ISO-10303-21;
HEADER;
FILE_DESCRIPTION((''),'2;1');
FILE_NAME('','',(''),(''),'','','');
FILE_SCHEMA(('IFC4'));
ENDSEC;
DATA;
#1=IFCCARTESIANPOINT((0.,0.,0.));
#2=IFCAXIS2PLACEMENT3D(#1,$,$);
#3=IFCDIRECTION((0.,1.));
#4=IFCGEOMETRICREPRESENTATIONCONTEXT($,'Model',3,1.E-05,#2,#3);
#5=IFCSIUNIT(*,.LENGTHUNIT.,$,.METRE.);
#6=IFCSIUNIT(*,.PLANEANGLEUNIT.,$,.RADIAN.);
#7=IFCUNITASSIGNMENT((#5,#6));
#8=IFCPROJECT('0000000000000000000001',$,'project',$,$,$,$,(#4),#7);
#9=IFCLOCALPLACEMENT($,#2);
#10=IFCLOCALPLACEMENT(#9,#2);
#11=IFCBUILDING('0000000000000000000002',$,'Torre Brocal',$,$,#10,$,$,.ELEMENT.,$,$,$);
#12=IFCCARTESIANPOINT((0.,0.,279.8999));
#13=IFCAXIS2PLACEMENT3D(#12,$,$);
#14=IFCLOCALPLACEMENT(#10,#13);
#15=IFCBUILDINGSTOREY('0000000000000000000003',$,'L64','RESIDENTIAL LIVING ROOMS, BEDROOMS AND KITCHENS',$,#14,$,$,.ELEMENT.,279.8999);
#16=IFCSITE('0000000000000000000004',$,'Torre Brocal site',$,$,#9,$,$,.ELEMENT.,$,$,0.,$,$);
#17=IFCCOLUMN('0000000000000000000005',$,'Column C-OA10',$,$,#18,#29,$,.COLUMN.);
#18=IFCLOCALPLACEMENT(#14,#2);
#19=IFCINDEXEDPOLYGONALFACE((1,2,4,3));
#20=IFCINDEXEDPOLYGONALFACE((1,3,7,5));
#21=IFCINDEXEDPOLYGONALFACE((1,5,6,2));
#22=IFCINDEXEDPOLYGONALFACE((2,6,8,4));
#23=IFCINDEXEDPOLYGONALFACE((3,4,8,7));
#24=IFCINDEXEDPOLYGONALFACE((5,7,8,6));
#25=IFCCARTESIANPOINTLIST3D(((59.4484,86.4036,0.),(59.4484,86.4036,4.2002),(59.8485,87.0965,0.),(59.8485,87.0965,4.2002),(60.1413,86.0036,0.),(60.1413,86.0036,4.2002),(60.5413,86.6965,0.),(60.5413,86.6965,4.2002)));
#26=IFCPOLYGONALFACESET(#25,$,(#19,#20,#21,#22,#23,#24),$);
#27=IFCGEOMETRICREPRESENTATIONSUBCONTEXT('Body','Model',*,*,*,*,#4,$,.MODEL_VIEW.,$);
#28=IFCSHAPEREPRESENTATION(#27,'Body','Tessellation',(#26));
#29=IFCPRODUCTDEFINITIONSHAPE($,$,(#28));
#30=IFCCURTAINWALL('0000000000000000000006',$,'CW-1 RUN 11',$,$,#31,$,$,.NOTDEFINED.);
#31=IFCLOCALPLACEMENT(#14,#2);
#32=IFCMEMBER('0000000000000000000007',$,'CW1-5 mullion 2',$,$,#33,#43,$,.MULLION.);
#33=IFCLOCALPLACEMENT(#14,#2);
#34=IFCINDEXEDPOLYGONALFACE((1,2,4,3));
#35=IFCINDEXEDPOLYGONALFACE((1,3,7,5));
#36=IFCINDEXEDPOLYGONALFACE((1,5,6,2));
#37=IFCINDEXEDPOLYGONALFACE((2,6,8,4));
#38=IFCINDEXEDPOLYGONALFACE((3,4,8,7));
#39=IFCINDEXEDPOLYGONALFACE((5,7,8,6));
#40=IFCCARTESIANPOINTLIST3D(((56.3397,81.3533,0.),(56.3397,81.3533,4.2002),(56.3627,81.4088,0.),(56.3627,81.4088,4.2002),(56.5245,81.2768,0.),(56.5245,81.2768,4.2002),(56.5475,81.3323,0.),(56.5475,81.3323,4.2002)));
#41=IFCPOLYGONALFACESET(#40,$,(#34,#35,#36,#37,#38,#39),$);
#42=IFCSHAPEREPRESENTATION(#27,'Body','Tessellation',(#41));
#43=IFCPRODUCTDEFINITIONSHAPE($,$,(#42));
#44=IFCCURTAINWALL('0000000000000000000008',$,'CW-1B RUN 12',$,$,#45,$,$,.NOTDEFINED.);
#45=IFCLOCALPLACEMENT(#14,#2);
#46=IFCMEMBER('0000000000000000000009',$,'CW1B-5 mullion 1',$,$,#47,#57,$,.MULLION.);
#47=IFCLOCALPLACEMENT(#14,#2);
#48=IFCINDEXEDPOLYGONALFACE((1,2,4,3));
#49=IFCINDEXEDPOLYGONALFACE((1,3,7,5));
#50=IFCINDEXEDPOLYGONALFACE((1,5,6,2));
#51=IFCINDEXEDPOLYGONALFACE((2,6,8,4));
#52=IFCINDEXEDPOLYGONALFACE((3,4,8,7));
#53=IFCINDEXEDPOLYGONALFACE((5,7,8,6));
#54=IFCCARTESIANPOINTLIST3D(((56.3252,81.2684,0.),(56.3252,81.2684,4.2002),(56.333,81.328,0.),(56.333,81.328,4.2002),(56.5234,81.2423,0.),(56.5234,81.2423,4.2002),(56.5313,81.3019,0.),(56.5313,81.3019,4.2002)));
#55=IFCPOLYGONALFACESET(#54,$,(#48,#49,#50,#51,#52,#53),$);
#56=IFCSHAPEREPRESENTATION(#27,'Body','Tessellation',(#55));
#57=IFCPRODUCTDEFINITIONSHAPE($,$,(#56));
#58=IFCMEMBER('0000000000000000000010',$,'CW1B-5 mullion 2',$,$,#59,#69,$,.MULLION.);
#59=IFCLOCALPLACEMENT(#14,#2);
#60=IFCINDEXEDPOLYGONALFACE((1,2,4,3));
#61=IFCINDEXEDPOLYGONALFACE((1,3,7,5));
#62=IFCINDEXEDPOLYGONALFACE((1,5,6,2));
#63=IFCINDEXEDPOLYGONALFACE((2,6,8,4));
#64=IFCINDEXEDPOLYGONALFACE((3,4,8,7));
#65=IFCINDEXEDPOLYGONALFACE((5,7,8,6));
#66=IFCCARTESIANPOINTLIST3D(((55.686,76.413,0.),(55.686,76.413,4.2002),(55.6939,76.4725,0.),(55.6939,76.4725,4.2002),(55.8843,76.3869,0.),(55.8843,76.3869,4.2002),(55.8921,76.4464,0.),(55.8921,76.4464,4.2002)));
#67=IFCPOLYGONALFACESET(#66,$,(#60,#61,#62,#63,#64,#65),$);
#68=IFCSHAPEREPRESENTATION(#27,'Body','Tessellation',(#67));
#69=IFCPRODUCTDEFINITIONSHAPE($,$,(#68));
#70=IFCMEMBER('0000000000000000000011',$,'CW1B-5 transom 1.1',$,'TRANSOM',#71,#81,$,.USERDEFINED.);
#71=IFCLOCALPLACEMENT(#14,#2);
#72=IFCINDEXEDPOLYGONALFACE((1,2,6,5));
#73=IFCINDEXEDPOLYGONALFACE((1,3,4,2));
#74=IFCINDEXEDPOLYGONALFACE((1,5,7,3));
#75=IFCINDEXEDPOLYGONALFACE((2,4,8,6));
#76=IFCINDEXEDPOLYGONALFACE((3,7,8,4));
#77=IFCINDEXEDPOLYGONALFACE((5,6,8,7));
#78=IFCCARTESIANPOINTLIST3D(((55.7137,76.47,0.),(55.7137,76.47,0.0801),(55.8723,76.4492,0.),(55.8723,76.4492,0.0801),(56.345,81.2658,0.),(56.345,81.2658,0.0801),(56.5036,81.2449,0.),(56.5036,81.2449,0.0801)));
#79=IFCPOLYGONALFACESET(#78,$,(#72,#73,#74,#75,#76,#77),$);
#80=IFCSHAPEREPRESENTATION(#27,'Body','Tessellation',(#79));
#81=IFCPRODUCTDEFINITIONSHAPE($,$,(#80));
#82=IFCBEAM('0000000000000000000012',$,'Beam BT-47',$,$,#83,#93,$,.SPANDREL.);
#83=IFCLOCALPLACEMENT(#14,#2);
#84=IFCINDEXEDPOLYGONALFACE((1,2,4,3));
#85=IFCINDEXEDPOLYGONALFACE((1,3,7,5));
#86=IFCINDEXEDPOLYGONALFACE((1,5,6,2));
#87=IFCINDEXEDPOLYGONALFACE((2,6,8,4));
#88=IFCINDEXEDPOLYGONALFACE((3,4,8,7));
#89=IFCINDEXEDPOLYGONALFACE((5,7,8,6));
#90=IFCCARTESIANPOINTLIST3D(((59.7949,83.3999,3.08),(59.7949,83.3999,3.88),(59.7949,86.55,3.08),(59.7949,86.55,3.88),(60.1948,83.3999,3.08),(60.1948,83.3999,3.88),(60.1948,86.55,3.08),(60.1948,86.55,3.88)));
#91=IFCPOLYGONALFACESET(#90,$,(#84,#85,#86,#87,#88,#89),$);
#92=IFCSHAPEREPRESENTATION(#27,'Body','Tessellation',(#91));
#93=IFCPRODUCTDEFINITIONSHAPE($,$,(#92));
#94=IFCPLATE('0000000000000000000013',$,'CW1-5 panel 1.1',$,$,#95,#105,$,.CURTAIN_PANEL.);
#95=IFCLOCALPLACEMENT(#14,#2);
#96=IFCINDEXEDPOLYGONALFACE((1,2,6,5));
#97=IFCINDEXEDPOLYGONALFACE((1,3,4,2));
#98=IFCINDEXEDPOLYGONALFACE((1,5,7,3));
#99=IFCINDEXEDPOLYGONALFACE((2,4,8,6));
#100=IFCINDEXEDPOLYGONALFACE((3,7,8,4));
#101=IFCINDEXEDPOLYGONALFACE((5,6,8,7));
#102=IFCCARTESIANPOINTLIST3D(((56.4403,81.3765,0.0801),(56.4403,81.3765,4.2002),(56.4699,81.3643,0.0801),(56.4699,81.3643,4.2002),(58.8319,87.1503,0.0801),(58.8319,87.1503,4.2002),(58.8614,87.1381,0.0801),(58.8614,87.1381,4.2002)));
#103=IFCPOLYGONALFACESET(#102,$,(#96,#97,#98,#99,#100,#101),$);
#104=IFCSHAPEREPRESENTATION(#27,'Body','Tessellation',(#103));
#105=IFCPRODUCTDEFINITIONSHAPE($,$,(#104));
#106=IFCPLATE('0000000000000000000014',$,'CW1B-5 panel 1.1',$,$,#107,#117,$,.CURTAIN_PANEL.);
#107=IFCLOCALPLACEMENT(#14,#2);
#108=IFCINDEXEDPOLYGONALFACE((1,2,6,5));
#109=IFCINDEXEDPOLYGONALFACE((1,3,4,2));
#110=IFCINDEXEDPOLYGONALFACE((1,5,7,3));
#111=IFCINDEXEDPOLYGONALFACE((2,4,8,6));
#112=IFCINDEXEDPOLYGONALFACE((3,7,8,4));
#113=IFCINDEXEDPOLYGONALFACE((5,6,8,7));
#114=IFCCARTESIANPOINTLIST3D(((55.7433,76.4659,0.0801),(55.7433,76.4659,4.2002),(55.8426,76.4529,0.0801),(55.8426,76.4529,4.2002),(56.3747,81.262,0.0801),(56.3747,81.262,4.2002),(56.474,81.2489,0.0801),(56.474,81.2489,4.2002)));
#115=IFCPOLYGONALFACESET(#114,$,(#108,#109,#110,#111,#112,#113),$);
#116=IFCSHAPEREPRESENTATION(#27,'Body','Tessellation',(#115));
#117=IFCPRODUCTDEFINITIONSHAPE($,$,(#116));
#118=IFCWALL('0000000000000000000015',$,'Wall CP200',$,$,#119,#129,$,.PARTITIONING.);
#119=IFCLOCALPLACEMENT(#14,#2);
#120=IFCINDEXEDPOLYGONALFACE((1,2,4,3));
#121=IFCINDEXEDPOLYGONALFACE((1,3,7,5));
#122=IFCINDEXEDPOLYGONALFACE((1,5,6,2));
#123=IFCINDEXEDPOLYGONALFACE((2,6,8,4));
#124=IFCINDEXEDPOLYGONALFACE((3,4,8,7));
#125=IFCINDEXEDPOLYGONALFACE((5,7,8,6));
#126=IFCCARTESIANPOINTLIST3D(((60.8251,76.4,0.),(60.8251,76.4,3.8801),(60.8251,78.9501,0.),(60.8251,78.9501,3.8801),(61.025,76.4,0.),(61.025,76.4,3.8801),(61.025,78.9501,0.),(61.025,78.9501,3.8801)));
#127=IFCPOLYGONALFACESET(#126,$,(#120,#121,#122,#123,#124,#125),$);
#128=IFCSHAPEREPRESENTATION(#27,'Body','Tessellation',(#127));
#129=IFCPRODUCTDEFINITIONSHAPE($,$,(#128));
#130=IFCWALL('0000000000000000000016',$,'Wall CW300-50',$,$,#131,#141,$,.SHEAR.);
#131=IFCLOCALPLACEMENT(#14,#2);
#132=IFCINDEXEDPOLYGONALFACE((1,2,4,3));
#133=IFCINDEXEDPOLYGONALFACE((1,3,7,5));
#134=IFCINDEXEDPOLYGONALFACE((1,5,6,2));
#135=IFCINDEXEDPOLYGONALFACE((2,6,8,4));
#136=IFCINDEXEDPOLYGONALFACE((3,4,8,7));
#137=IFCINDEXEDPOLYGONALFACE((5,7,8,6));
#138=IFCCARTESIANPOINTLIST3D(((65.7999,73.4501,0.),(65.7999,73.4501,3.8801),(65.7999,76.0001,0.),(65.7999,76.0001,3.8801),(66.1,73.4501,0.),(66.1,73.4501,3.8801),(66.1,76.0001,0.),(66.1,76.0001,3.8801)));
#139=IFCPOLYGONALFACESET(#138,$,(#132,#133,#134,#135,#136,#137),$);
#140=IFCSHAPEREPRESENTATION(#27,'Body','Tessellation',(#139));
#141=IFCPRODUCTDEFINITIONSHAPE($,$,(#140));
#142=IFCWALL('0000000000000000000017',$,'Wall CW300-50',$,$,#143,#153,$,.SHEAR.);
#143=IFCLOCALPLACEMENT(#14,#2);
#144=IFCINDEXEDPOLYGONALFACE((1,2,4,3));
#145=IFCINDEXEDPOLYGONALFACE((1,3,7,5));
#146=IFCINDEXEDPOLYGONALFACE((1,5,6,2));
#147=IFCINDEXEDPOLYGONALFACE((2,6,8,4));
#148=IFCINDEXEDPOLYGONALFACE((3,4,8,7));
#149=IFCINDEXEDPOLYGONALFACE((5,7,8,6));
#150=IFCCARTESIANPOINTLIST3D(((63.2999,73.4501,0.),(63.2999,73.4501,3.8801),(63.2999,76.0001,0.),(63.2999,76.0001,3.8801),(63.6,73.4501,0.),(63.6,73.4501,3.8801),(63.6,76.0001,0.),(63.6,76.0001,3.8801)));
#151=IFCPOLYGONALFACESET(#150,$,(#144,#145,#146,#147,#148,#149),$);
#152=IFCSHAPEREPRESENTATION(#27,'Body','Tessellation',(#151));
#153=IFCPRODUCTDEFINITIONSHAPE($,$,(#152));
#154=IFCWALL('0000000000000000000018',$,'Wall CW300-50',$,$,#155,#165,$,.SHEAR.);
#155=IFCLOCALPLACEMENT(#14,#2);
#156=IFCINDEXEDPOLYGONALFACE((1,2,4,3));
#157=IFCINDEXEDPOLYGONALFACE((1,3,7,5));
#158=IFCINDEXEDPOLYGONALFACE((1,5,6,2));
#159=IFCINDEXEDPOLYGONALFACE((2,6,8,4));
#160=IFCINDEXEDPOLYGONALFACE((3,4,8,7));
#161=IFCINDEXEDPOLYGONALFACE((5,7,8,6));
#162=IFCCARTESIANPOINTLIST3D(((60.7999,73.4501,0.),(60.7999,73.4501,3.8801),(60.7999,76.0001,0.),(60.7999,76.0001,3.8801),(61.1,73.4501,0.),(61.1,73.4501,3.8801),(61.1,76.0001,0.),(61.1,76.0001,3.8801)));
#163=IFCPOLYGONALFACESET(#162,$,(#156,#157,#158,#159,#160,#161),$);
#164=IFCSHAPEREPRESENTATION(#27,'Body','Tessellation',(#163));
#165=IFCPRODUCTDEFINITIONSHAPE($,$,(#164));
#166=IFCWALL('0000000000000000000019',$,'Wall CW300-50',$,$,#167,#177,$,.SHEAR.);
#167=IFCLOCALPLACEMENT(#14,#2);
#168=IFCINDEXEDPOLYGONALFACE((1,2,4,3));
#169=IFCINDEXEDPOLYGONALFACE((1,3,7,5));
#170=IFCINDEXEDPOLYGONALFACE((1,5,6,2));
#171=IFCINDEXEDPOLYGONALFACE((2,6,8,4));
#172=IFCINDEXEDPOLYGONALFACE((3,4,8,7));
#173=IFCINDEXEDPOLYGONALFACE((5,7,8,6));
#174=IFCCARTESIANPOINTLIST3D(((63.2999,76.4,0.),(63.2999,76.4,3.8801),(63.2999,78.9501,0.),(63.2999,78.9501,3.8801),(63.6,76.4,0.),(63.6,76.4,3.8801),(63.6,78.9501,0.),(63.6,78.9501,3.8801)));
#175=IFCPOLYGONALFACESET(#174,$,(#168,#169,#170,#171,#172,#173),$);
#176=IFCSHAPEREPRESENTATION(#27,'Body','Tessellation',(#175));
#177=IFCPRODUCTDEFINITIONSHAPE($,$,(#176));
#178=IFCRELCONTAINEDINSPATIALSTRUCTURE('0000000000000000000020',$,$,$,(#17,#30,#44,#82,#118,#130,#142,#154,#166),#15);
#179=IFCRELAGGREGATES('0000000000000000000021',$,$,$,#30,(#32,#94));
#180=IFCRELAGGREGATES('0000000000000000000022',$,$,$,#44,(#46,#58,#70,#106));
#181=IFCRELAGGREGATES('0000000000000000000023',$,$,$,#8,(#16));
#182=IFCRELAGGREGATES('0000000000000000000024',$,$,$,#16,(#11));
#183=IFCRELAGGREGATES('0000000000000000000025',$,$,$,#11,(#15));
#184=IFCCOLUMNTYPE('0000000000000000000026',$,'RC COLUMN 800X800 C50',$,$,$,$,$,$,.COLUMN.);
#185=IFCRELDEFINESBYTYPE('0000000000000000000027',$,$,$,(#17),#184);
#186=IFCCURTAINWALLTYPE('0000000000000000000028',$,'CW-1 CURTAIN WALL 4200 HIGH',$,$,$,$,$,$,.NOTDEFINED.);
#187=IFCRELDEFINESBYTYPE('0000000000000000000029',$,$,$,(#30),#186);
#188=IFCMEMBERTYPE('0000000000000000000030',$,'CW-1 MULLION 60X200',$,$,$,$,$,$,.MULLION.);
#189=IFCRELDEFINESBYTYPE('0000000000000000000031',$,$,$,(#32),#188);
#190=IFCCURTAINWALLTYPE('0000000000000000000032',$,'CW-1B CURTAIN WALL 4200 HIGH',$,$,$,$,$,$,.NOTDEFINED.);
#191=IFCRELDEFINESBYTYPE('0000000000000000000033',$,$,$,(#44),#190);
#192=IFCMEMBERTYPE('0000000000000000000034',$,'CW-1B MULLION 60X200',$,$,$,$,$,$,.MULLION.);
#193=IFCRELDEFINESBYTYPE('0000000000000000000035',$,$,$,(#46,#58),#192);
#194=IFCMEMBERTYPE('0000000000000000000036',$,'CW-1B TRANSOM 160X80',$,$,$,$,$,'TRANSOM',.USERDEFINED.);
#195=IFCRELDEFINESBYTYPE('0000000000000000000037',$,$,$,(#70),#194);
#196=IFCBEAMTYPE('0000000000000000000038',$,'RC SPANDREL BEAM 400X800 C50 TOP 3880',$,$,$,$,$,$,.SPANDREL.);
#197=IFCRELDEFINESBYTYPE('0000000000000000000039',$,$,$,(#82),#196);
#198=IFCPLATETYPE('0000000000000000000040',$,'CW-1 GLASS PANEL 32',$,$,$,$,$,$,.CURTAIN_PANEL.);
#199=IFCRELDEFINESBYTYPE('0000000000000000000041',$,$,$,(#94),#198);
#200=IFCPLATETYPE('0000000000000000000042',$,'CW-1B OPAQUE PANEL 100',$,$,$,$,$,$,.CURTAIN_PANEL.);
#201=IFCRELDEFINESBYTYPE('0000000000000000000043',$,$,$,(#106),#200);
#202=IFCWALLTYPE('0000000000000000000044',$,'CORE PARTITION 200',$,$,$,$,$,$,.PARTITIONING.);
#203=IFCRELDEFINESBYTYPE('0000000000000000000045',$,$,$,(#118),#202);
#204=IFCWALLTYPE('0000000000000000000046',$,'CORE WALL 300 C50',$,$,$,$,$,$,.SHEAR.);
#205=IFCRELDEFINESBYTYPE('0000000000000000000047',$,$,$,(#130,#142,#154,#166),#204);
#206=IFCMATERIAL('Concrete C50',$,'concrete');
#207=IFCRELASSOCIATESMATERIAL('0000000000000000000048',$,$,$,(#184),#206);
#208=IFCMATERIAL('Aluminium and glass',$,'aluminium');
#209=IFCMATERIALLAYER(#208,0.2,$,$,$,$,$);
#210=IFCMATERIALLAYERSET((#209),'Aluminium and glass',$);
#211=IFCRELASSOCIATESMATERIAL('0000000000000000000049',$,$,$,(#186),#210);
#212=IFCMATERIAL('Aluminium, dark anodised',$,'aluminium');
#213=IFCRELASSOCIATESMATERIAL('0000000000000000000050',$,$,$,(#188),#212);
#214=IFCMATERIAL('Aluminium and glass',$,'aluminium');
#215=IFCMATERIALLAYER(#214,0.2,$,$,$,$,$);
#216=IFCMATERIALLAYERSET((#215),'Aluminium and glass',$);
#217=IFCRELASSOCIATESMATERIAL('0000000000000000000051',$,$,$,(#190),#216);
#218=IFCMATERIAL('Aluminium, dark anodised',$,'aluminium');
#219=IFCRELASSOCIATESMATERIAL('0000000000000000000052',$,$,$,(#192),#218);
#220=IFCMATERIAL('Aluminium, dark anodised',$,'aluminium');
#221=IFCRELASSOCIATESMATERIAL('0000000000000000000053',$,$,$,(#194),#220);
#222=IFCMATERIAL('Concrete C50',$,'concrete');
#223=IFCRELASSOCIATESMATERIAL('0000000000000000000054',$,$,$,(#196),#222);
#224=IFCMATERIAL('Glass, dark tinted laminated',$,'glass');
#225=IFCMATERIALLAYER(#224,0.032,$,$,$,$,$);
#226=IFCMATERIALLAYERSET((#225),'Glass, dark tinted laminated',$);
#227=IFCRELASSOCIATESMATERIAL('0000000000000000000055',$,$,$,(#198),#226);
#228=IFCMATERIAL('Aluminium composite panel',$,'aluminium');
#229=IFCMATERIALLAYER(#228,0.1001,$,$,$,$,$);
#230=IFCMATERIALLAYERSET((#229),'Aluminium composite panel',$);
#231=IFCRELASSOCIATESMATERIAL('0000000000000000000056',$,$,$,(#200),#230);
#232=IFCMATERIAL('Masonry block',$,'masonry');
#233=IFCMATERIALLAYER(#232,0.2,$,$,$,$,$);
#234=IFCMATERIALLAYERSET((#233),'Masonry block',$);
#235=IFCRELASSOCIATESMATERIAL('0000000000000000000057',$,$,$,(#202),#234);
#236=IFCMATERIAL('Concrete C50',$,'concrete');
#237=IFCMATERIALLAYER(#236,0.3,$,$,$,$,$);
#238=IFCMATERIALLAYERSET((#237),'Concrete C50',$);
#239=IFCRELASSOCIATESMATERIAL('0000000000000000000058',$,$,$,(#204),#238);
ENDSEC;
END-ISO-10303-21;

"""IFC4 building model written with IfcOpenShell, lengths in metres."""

from ifc_helpers import new_model, si_unit, direction, frame, frame_2d, origin, origin_2d, place, context, subcontext, project, spatial, rectangle, extrude, material, layer, layer_set, material_profile, profile_set, type_object, element, aggregate, save


model = new_model("IFC4")

# Units and contexts
model_context = context("Model", 3, precision=1e-05, world=origin(), true_north=direction((0.0, 1.0)))
body_context = subcontext(model_context, "Body", "Model", "MODEL_VIEW")
ifc_project = project(units=[si_unit("LENGTHUNIT", "METRE"), si_unit("PLANEANGLEUNIT", "RADIAN")], contexts=[model_context])

# Site, building, storey
site_placement = place(None, origin())
site = spatial("IfcSite", under=ifc_project, at=site_placement, Name="Torre Brocal site", CompositionType="ELEMENT", RefElevation=0.0)
building_placement = place(site_placement, origin())
building = spatial("IfcBuilding", under=site, at=building_placement, Name="Torre Brocal", CompositionType="ELEMENT")
storey_placement = place(building_placement, frame((0.0, 0.0, 279.8999)))
storey = spatial("IfcBuildingStorey", under=building, at=storey_placement, Name="L64", Description="RESIDENTIAL LIVING ROOMS, BEDROOMS AND KITCHENS", CompositionType="ELEMENT", Elevation=279.8999)

# Column
ifc_material_1 = material(Name="Concrete C50", Category="concrete")
ifc_material_profile_1 = material_profile(ifc_material_1, rectangle(XDim=0.8, YDim=0.8, at=origin_2d()), Name="RC 800X800")
ifc_profile_set_1 = profile_set([ifc_material_profile_1], Name="Concrete C50")
column_type = type_object("IfcColumnType", Name="RC COLUMN 800X800 C50", PredefinedType="COLUMN", material=ifc_profile_set_1)
column_placement = place(storey_placement, frame((59.9949, 86.55, 0.0), z_axis=(0.0, 0.0, 1.0), x_axis=(-0.866025, 0.5, 0.0)))
element("IfcColumn", 1, at=column_placement, inside=storey, type_object=column_type, Name="Column C-OA10", PredefinedType="COLUMN", context=body_context, shape_type="SweptSolid", body=[
    extrude(rectangle(XDim=0.8, YDim=0.8, at=origin_2d()), origin(), (0.0, 0.0, 1.0), 4.2002),
])

# Curtain wall, member
ifc_material_2 = material(Name="Aluminium and glass", Category="aluminium")
ifc_layer_1 = layer(ifc_material_2, 0.2)
ifc_layer_set_1 = layer_set([ifc_layer_1], Name="Aluminium and glass")
curtain_wall_type_1 = type_object("IfcCurtainWallType", Name="CW-1 CURTAIN WALL 4200 HIGH", PredefinedType="NOTDEFINED", material=ifc_layer_set_1)
curtain_wall_1_placement = place(storey_placement, origin())
curtain_wall_1 = element("IfcCurtainWall", 2, at=curtain_wall_1_placement, inside=storey, type_object=curtain_wall_type_1, Name="CW-1 RUN 11", PredefinedType="NOTDEFINED")
ifc_material_3 = material(Name="Aluminium, dark anodised", Category="aluminium")
ifc_material_profile_2 = material_profile(ifc_material_3, rectangle(XDim=0.2, YDim=0.0601, at=origin_2d()), Name="CW-1 MULLION 60X200")
ifc_profile_set_2 = profile_set([ifc_material_profile_2], Name="Aluminium, dark anodised")
member_type_1 = type_object("IfcMemberType", Name="CW-1 MULLION 60X200", PredefinedType="MULLION", material=ifc_profile_set_2)
member_1_placement = place(storey_placement, frame((56.4436, 81.3428, 0.0), z_axis=(0.0, 0.0, 1.0), x_axis=(0.92388, -0.382683, 0.0)))
member_1 = element("IfcMember", 3, at=member_1_placement, type_object=member_type_1, Name="CW1-5 mullion 2", PredefinedType="MULLION", context=body_context, shape_type="SweptSolid", body=[
    extrude(rectangle(XDim=0.2, YDim=0.0601, at=origin_2d()), origin(), (0.0, 0.0, 1.0), 4.2002),
])

# Curtain wall, members
ifc_material_4 = material(Name="Aluminium and glass", Category="aluminium")
ifc_layer_2 = layer(ifc_material_4, 0.2)
ifc_layer_set_2 = layer_set([ifc_layer_2], Name="Aluminium and glass")
curtain_wall_type_2 = type_object("IfcCurtainWallType", Name="CW-1B CURTAIN WALL 4200 HIGH", PredefinedType="NOTDEFINED", material=ifc_layer_set_2)
curtain_wall_2_placement = place(storey_placement, origin())
curtain_wall_2 = element("IfcCurtainWall", 4, at=curtain_wall_2_placement, inside=storey, type_object=curtain_wall_type_2, Name="CW-1B RUN 12", PredefinedType="NOTDEFINED")
ifc_material_5 = material(Name="Aluminium, dark anodised", Category="aluminium")
ifc_material_profile_3 = material_profile(ifc_material_5, rectangle(XDim=0.2, YDim=0.0601, at=origin_2d()), Name="CW-1B MULLION 60X200")
ifc_profile_set_3 = profile_set([ifc_material_profile_3], Name="Aluminium, dark anodised")
member_type_2 = type_object("IfcMemberType", Name="CW-1B MULLION 60X200", PredefinedType="MULLION", material=ifc_profile_set_3)
member_2_placement = place(storey_placement, frame((56.4282, 81.2852, 0.0), z_axis=(0.0, 0.0, 1.0), x_axis=(0.991445, -0.130526, 0.0)))
member_2 = element("IfcMember", 5, at=member_2_placement, type_object=member_type_2, Name="CW1B-5 mullion 1", PredefinedType="MULLION", context=body_context, shape_type="SweptSolid", body=[
    extrude(rectangle(XDim=0.2, YDim=0.0601, at=origin_2d()), origin(), (0.0, 0.0, 1.0), 4.2002),
])
member_3_placement = place(storey_placement, frame((55.7891, 76.4297, 0.0), z_axis=(0.0, 0.0, 1.0), x_axis=(0.991445, -0.130526, 0.0)))
member_3 = element("IfcMember", 6, at=member_3_placement, type_object=member_type_2, Name="CW1B-5 mullion 2", PredefinedType="MULLION", context=body_context, shape_type="SweptSolid", body=[
    extrude(rectangle(XDim=0.2, YDim=0.0601, at=origin_2d()), origin(), (0.0, 0.0, 1.0), 4.2002),
])
ifc_material_6 = material(Name="Aluminium, dark anodised", Category="aluminium")
ifc_material_profile_4 = material_profile(ifc_material_6, rectangle(XDim=0.1599, YDim=0.0801, at=origin_2d()), Name="CW-1B TRANSOM 160X80")
ifc_profile_set_4 = profile_set([ifc_material_profile_4], Name="Aluminium, dark anodised")
member_type_3 = type_object("IfcMemberType", Name="CW-1B TRANSOM 160X80", ElementType="TRANSOM", PredefinedType="USERDEFINED", material=ifc_profile_set_4)
member_4_placement = place(storey_placement, frame((56.4243, 81.2554, 0.04), z_axis=(-0.130517, -0.991446, 0.0), x_axis=(0.991446, -0.130517, 0.0)))
member_4 = element("IfcMember", 7, at=member_4_placement, type_object=member_type_3, Name="CW1B-5 transom 1.1", ObjectType="TRANSOM", PredefinedType="USERDEFINED", context=body_context, shape_type="SweptSolid", body=[
    extrude(rectangle(XDim=0.1599, YDim=0.0801, at=origin_2d()), origin(), (0.0, 0.0, 1.0), 4.8372),
])

# Beam
ifc_material_7 = material(Name="Concrete C50", Category="concrete")
ifc_material_profile_5 = material_profile(ifc_material_7, rectangle(XDim=0.3999, YDim=0.8, at=origin_2d()), Name="RC 400X800")
ifc_profile_set_5 = profile_set([ifc_material_profile_5], Name="Concrete C50")
beam_type = type_object("IfcBeamType", Name="RC SPANDREL BEAM 400X800 C50 TOP 3880", PredefinedType="SPANDREL", material=ifc_profile_set_5)
beam_placement = place(storey_placement, frame((59.9949, 86.55, 3.48), z_axis=(0.0, -1.0, 0.0), x_axis=(1.0, 0.0, 0.0)))
element("IfcBeam", 8, at=beam_placement, inside=storey, type_object=beam_type, Name="Beam BT-47", PredefinedType="SPANDREL", context=body_context, shape_type="SweptSolid", body=[
    extrude(rectangle(XDim=0.3999, YDim=0.8, at=origin_2d()), origin(), (0.0, 0.0, 1.0), 3.1501),
])

# Plates
ifc_material_8 = material(Name="Glass, dark tinted laminated", Category="glass")
ifc_layer_3 = layer(ifc_material_8, 0.032)
ifc_layer_set_3 = layer_set([ifc_layer_3], Name="Glass, dark tinted laminated")
plate_type_1 = type_object("IfcPlateType", Name="CW-1 GLASS PANEL 32", PredefinedType="CURTAIN_PANEL", material=ifc_layer_set_3)
plate_1_placement = place(storey_placement, frame((57.6509, 84.2573, 0.0801), z_axis=(0.0, 0.0, 1.0), x_axis=(-0.382683, -0.92388, 0.0)))
plate_1 = element("IfcPlate", 9, at=plate_1_placement, type_object=plate_type_1, Name="CW1-5 panel 1.1", PredefinedType="CURTAIN_PANEL", context=body_context, shape_type="SweptSolid", body=[
    extrude(rectangle(XDim=6.2495, YDim=0.032, at=origin_2d()), origin(), (0.0, 0.0, 1.0), 4.1201),
])
aggregate(curtain_wall_1, [member_1, plate_1])
ifc_material_9 = material(Name="Aluminium composite panel", Category="aluminium")
ifc_layer_4 = layer(ifc_material_9, 0.1001)
ifc_layer_set_4 = layer_set([ifc_layer_4], Name="Aluminium composite panel")
plate_type_2 = type_object("IfcPlateType", Name="CW-1B OPAQUE PANEL 100", PredefinedType="CURTAIN_PANEL", material=ifc_layer_set_4)
plate_2_placement = place(storey_placement, frame((56.1086, 78.8574, 0.0801), z_axis=(0.0, 0.0, 1.0), x_axis=(-0.130526, -0.991445, 0.0)))
plate_2 = element("IfcPlate", 10, at=plate_2_placement, type_object=plate_type_2, Name="CW1B-5 panel 1.1", PredefinedType="CURTAIN_PANEL", context=body_context, shape_type="SweptSolid", body=[
    extrude(rectangle(XDim=4.8374, YDim=0.1001, at=origin_2d()), origin(), (0.0, 0.0, 1.0), 4.1201),
])
aggregate(curtain_wall_2, [member_2, member_3, member_4, plate_2])

# Walls
ifc_material_10 = material(Name="Masonry block", Category="masonry")
ifc_layer_5 = layer(ifc_material_10, 0.2)
ifc_layer_set_5 = layer_set([ifc_layer_5], Name="Masonry block")
wall_type_1 = type_object("IfcWallType", Name="CORE PARTITION 200", PredefinedType="PARTITIONING", material=ifc_layer_set_5)
wall_1_placement = place(storey_placement, frame((60.925, 78.95, 0.0), z_axis=(0.0, 0.0, 1.0), x_axis=(0.0, -1.0, 0.0)))
element("IfcWall", 11, at=wall_1_placement, inside=storey, type_object=wall_type_1, Name="Wall CP200", PredefinedType="PARTITIONING", context=body_context, shape_type="SweptSolid", body=[
    extrude(rectangle(XDim=2.55, YDim=0.2, at=frame_2d((1.2749, 0.0))), origin(), (0.0, 0.0, 1.0), 3.8801),
])
ifc_material_11 = material(Name="Concrete C50", Category="concrete")
ifc_layer_6 = layer(ifc_material_11, 0.3)
ifc_layer_set_6 = layer_set([ifc_layer_6], Name="Concrete C50")
wall_type_2 = type_object("IfcWallType", Name="CORE WALL 300 C50", PredefinedType="SHEAR", material=ifc_layer_set_6)
for number, where, z_axis, x_axis, name in (
    (12, (65.95, 76.0, 0.0), (0.0, 0.0, 1.0), (0.0, -1.0, 0.0), "Wall CW300-50"),
    (13, (63.45, 76.0, 0.0), (0.0, 0.0, 1.0), (0.0, -1.0, 0.0), "Wall CW300-50"),
    (14, (60.95, 76.0, 0.0), (0.0, 0.0, 1.0), (0.0, -1.0, 0.0), "Wall CW300-50"),
    (15, (63.45, 78.95, 0.0), (0.0, 0.0, 1.0), (0.0, -1.0, 0.0), "Wall CW300-50"),
):
    element("IfcWall", number, at=place(storey_placement, frame(where, z_axis=z_axis, x_axis=x_axis)), inside=storey, type_object=wall_type_2, Name=name, PredefinedType="SHEAR", context=body_context, shape_type="SweptSolid", body=[
        extrude(rectangle(XDim=2.55, YDim=0.3, at=frame_2d((1.2749, 0.0))), origin(), (0.0, 0.0, 1.0), 3.8801),
    ])

save(model, "model.ifc")
